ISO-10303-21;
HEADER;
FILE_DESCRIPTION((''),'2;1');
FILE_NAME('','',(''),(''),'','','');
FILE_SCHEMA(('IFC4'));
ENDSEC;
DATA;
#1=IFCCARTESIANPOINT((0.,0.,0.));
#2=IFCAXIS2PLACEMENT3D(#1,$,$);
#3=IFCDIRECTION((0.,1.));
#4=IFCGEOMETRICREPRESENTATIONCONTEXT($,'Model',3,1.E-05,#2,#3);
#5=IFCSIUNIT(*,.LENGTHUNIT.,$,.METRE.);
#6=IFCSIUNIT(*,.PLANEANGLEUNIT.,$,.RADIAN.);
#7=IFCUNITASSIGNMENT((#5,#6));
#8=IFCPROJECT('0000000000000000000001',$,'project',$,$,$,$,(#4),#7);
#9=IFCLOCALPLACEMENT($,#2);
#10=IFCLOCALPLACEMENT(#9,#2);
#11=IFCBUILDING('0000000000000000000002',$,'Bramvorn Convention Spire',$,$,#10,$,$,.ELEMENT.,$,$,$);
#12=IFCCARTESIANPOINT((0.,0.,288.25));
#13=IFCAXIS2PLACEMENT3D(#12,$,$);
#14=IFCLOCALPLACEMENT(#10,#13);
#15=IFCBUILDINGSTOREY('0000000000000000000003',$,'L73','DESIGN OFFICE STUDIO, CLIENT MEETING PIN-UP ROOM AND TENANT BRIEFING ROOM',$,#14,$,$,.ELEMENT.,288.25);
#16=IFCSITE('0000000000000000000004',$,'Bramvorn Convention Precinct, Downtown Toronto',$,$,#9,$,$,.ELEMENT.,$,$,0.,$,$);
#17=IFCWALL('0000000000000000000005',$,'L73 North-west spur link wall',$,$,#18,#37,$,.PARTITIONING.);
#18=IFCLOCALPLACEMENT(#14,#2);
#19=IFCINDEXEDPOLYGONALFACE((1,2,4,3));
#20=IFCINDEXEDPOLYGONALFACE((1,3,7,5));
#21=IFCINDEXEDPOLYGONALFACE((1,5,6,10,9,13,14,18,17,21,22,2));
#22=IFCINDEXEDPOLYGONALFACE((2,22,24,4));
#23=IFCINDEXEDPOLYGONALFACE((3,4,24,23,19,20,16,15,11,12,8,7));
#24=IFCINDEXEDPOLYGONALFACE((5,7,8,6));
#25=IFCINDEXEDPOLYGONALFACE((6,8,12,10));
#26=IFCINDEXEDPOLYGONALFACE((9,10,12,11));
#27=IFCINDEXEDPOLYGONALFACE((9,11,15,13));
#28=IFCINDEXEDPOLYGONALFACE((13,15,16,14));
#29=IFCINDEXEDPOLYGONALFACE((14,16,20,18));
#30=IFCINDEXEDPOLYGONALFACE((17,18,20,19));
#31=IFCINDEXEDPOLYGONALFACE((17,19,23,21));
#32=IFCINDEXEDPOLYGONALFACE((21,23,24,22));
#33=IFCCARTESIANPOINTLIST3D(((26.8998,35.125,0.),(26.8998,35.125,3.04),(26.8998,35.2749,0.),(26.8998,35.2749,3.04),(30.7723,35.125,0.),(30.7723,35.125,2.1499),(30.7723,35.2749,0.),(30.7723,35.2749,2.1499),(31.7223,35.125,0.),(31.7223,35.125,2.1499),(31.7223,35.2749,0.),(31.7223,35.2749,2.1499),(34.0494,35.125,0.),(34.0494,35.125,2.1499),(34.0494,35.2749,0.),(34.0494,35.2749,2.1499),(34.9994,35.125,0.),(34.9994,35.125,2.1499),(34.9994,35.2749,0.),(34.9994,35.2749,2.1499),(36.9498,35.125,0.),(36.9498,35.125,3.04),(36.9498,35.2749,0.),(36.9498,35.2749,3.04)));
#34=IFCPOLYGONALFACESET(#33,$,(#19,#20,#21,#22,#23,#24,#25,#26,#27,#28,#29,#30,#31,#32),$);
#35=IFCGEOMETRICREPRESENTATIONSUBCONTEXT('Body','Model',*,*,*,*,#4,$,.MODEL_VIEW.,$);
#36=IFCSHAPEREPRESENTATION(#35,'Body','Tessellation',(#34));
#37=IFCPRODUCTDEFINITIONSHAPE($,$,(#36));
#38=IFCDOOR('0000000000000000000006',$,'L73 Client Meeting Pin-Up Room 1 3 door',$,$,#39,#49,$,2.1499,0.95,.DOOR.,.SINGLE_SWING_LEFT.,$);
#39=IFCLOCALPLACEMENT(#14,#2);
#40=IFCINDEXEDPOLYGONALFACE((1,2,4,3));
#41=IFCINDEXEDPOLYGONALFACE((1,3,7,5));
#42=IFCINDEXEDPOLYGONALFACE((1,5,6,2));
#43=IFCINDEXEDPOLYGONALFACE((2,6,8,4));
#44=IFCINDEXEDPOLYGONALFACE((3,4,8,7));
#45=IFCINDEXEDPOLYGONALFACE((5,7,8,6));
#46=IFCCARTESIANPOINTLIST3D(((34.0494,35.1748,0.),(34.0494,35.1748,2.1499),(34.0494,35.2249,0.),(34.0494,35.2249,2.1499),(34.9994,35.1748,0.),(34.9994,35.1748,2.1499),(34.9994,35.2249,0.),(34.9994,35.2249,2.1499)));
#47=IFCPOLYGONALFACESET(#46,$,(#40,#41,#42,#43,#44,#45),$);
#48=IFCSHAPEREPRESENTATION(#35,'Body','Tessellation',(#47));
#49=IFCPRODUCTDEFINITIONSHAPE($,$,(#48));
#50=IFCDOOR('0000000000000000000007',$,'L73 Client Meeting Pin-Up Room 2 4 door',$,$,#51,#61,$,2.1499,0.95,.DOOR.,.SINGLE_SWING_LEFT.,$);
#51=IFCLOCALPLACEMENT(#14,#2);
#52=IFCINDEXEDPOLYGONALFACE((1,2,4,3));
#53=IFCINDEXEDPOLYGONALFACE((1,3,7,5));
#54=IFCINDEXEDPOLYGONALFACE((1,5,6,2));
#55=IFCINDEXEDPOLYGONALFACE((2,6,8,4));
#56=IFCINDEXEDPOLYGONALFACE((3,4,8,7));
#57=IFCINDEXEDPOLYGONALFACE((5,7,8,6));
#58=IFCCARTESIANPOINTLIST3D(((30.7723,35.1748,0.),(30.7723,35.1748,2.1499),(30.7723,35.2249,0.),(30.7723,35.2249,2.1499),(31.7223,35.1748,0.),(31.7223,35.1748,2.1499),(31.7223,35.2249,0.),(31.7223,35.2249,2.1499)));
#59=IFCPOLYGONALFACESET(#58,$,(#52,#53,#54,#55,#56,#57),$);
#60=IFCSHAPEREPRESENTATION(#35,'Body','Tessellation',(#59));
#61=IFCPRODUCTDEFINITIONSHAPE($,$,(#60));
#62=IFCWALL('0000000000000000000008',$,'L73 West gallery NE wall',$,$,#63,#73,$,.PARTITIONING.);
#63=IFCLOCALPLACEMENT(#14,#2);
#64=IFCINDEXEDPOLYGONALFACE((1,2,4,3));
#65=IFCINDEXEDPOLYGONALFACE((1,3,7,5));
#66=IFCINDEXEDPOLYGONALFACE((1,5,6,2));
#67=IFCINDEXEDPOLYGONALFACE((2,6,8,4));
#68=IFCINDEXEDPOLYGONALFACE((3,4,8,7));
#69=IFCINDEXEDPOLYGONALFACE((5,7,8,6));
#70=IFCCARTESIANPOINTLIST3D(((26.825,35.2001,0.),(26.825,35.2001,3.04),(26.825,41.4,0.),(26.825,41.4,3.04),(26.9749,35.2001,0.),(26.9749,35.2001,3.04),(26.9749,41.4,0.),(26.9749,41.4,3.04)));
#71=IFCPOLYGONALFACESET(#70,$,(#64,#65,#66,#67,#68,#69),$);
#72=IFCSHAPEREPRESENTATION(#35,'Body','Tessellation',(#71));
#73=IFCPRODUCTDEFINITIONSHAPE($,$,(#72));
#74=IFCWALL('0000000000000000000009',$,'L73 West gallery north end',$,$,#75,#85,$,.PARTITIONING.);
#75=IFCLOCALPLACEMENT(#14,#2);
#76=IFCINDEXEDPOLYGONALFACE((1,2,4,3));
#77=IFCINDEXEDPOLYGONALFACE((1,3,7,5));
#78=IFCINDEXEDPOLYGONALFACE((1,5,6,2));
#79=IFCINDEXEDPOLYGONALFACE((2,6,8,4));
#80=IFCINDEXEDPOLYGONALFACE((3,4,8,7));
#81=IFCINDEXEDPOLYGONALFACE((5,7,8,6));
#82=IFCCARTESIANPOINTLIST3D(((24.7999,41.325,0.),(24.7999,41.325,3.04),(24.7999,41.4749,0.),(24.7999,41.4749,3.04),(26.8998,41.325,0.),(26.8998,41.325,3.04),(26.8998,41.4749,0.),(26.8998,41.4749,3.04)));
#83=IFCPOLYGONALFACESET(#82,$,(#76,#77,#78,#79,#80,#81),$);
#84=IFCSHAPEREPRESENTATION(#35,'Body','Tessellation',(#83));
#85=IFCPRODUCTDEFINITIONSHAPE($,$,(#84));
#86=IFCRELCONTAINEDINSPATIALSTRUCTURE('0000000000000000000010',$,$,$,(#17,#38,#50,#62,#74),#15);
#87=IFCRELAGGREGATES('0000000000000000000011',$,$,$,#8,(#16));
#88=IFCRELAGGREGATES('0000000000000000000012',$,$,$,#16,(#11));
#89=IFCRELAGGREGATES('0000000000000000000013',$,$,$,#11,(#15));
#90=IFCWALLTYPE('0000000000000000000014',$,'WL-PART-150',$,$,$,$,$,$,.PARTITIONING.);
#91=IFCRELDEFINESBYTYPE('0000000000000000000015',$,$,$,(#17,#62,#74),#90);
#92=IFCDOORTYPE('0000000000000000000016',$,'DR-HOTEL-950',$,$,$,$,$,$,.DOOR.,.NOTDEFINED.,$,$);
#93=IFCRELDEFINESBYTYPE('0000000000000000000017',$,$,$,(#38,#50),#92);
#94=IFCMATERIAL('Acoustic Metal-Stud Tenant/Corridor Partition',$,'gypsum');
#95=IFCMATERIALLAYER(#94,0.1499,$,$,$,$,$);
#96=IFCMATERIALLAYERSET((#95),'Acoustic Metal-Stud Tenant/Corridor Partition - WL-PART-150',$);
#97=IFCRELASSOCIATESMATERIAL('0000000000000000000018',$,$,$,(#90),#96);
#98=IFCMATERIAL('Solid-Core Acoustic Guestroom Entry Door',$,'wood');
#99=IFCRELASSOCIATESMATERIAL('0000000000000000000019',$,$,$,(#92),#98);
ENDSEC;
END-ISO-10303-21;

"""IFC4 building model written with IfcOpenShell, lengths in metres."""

from ifc_helpers import new_model, si_unit, direction, frame, frame_2d, origin, place, context, subcontext, project, spatial, rectangle, extrude, material, layer, layer_set, type_object, element, fill, save


model = new_model("IFC4")

# Units and contexts
model_context = context("Model", 3, precision=1e-05, world=origin(), true_north=direction((0.0, 1.0)))
body_context = subcontext(model_context, "Body", "Model", "MODEL_VIEW")
ifc_project = project(units=[si_unit("LENGTHUNIT", "METRE"), si_unit("PLANEANGLEUNIT", "RADIAN")], contexts=[model_context])

# Site, building, storey
site_placement = place(None, origin())
site = spatial("IfcSite", under=ifc_project, at=site_placement, Name="Bramvorn Convention Precinct, Downtown Toronto", CompositionType="ELEMENT", RefElevation=0.0)
building_placement = place(site_placement, origin())
building = spatial("IfcBuilding", under=site, at=building_placement, Name="Bramvorn Convention Spire", CompositionType="ELEMENT")
storey_placement = place(building_placement, frame((0.0, 0.0, 288.25)))
storey = spatial("IfcBuildingStorey", under=building, at=storey_placement, Name="L73", Description="DESIGN OFFICE STUDIO, CLIENT MEETING PIN-UP ROOM AND TENANT BRIEFING ROOM", CompositionType="ELEMENT", Elevation=288.25)

# Wall, openings, doors
ifc_material_1 = material(Name="Acoustic Metal-Stud Tenant/Corridor Partition", Category="gypsum")
ifc_layer_1 = layer(ifc_material_1, 0.1499)
ifc_layer_set_1 = layer_set([ifc_layer_1], Name="Acoustic Metal-Stud Tenant/Corridor Partition - WL-PART-150")
wall_type_1 = type_object("IfcWallType", Name="WL-PART-150", PredefinedType="PARTITIONING", material=ifc_layer_set_1)
wall_1_placement = place(storey_placement, frame((26.8999, 35.2, 0.0), z_axis=(0.0, 0.0, 1.0), x_axis=(1.0, 0.0, 0.0)))
wall_1 = element("IfcWall", 1, at=wall_1_placement, inside=storey, type_object=wall_type_1, Name="L73 North-west spur link wall", PredefinedType="PARTITIONING", context=body_context, shape_type="SweptSolid", body=[
    extrude(rectangle(XDim=10.05, YDim=0.1499, at=frame_2d((5.0249, 0.0))), origin(), (0.0, 0.0, 1.0), 3.04),
])
opening_1_placement = place(wall_1_placement, frame((7.1494, 0.0, 0.0)))
opening_1 = element("IfcOpeningElement", 2, at=opening_1_placement, cuts=wall_1, PredefinedType="OPENING", context=body_context, shape_type="SweptSolid", body=[
    extrude(rectangle(XDim=0.95, YDim=2.1499, at=frame_2d((0.4751, 1.075))), frame((0.0, 0.085, 0.0), z_axis=(0.0, -1.0, 0.0), x_axis=(1.0, 0.0, 0.0)), (0.0, 0.0, 1.0), 0.1699),
])
opening_2_placement = place(wall_1_placement, frame((3.8723, 0.0, 0.0)))
opening_2 = element("IfcOpeningElement", 3, at=opening_2_placement, cuts=wall_1, PredefinedType="OPENING", context=body_context, shape_type="SweptSolid", body=[
    extrude(rectangle(XDim=0.95, YDim=2.1499, at=frame_2d((0.4751, 1.075))), frame((0.0, 0.085, 0.0), z_axis=(0.0, -1.0, 0.0), x_axis=(1.0, 0.0, 0.0)), (0.0, 0.0, 1.0), 0.1699),
])
ifc_material_2 = material(Name="Solid-Core Acoustic Guestroom Entry Door", Category="wood")
door_type = type_object("IfcDoorType", Name="DR-HOTEL-950", OperationType="NOTDEFINED", PredefinedType="DOOR", material=ifc_material_2)
door_1_placement = place(opening_1_placement, origin())
door_1 = element("IfcDoor", 4, at=door_1_placement, inside=storey, type_object=door_type, Name="L73 Client Meeting Pin-Up Room 1 3 door", OperationType="SINGLE_SWING_LEFT", OverallHeight=2.1499, OverallWidth=0.95, PredefinedType="DOOR", context=body_context, shape_type="SweptSolid", body=[
    extrude(rectangle(XDim=0.95, YDim=2.1499, at=frame_2d((0.4751, 1.075))), frame((0.0, 0.0249, 0.0), z_axis=(0.0, -1.0, 0.0), x_axis=(1.0, 0.0, 0.0)), (0.0, 0.0, 1.0), 0.05),
])
fill(opening_1, door_1)
door_2_placement = place(opening_2_placement, origin())
door_2 = element("IfcDoor", 5, at=door_2_placement, inside=storey, type_object=door_type, Name="L73 Client Meeting Pin-Up Room 2 4 door", OperationType="SINGLE_SWING_LEFT", OverallHeight=2.1499, OverallWidth=0.95, PredefinedType="DOOR", context=body_context, shape_type="SweptSolid", body=[
    extrude(rectangle(XDim=0.95, YDim=2.1499, at=frame_2d((0.4751, 1.075))), frame((0.0, 0.0249, 0.0), z_axis=(0.0, -1.0, 0.0), x_axis=(1.0, 0.0, 0.0)), (0.0, 0.0, 1.0), 0.05),
])
fill(opening_2, door_2)

# Walls
wall_2_placement = place(storey_placement, frame((26.8999, 35.2, 0.0), z_axis=(0.0, 0.0, 1.0), x_axis=(0.0, 1.0, 0.0)))
element("IfcWall", 6, at=wall_2_placement, inside=storey, type_object=wall_type_1, Name="L73 West gallery NE wall", PredefinedType="PARTITIONING", context=body_context, shape_type="SweptSolid", body=[
    extrude(rectangle(XDim=6.2, YDim=0.1499, at=frame_2d((3.1001, 0.0))), origin(), (0.0, 0.0, 1.0), 3.04),
])
wall_3_placement = place(storey_placement, frame((24.8, 41.3999, 0.0), z_axis=(0.0, 0.0, 1.0), x_axis=(1.0, 0.0, 0.0)))
element("IfcWall", 7, at=wall_3_placement, inside=storey, type_object=wall_type_1, Name="L73 West gallery north end", PredefinedType="PARTITIONING", context=body_context, shape_type="SweptSolid", body=[
    extrude(rectangle(XDim=2.0999, YDim=0.1499, at=frame_2d((1.0498, 0.0))), origin(), (0.0, 0.0, 1.0), 3.04),
])

save(model, "model.ifc")
